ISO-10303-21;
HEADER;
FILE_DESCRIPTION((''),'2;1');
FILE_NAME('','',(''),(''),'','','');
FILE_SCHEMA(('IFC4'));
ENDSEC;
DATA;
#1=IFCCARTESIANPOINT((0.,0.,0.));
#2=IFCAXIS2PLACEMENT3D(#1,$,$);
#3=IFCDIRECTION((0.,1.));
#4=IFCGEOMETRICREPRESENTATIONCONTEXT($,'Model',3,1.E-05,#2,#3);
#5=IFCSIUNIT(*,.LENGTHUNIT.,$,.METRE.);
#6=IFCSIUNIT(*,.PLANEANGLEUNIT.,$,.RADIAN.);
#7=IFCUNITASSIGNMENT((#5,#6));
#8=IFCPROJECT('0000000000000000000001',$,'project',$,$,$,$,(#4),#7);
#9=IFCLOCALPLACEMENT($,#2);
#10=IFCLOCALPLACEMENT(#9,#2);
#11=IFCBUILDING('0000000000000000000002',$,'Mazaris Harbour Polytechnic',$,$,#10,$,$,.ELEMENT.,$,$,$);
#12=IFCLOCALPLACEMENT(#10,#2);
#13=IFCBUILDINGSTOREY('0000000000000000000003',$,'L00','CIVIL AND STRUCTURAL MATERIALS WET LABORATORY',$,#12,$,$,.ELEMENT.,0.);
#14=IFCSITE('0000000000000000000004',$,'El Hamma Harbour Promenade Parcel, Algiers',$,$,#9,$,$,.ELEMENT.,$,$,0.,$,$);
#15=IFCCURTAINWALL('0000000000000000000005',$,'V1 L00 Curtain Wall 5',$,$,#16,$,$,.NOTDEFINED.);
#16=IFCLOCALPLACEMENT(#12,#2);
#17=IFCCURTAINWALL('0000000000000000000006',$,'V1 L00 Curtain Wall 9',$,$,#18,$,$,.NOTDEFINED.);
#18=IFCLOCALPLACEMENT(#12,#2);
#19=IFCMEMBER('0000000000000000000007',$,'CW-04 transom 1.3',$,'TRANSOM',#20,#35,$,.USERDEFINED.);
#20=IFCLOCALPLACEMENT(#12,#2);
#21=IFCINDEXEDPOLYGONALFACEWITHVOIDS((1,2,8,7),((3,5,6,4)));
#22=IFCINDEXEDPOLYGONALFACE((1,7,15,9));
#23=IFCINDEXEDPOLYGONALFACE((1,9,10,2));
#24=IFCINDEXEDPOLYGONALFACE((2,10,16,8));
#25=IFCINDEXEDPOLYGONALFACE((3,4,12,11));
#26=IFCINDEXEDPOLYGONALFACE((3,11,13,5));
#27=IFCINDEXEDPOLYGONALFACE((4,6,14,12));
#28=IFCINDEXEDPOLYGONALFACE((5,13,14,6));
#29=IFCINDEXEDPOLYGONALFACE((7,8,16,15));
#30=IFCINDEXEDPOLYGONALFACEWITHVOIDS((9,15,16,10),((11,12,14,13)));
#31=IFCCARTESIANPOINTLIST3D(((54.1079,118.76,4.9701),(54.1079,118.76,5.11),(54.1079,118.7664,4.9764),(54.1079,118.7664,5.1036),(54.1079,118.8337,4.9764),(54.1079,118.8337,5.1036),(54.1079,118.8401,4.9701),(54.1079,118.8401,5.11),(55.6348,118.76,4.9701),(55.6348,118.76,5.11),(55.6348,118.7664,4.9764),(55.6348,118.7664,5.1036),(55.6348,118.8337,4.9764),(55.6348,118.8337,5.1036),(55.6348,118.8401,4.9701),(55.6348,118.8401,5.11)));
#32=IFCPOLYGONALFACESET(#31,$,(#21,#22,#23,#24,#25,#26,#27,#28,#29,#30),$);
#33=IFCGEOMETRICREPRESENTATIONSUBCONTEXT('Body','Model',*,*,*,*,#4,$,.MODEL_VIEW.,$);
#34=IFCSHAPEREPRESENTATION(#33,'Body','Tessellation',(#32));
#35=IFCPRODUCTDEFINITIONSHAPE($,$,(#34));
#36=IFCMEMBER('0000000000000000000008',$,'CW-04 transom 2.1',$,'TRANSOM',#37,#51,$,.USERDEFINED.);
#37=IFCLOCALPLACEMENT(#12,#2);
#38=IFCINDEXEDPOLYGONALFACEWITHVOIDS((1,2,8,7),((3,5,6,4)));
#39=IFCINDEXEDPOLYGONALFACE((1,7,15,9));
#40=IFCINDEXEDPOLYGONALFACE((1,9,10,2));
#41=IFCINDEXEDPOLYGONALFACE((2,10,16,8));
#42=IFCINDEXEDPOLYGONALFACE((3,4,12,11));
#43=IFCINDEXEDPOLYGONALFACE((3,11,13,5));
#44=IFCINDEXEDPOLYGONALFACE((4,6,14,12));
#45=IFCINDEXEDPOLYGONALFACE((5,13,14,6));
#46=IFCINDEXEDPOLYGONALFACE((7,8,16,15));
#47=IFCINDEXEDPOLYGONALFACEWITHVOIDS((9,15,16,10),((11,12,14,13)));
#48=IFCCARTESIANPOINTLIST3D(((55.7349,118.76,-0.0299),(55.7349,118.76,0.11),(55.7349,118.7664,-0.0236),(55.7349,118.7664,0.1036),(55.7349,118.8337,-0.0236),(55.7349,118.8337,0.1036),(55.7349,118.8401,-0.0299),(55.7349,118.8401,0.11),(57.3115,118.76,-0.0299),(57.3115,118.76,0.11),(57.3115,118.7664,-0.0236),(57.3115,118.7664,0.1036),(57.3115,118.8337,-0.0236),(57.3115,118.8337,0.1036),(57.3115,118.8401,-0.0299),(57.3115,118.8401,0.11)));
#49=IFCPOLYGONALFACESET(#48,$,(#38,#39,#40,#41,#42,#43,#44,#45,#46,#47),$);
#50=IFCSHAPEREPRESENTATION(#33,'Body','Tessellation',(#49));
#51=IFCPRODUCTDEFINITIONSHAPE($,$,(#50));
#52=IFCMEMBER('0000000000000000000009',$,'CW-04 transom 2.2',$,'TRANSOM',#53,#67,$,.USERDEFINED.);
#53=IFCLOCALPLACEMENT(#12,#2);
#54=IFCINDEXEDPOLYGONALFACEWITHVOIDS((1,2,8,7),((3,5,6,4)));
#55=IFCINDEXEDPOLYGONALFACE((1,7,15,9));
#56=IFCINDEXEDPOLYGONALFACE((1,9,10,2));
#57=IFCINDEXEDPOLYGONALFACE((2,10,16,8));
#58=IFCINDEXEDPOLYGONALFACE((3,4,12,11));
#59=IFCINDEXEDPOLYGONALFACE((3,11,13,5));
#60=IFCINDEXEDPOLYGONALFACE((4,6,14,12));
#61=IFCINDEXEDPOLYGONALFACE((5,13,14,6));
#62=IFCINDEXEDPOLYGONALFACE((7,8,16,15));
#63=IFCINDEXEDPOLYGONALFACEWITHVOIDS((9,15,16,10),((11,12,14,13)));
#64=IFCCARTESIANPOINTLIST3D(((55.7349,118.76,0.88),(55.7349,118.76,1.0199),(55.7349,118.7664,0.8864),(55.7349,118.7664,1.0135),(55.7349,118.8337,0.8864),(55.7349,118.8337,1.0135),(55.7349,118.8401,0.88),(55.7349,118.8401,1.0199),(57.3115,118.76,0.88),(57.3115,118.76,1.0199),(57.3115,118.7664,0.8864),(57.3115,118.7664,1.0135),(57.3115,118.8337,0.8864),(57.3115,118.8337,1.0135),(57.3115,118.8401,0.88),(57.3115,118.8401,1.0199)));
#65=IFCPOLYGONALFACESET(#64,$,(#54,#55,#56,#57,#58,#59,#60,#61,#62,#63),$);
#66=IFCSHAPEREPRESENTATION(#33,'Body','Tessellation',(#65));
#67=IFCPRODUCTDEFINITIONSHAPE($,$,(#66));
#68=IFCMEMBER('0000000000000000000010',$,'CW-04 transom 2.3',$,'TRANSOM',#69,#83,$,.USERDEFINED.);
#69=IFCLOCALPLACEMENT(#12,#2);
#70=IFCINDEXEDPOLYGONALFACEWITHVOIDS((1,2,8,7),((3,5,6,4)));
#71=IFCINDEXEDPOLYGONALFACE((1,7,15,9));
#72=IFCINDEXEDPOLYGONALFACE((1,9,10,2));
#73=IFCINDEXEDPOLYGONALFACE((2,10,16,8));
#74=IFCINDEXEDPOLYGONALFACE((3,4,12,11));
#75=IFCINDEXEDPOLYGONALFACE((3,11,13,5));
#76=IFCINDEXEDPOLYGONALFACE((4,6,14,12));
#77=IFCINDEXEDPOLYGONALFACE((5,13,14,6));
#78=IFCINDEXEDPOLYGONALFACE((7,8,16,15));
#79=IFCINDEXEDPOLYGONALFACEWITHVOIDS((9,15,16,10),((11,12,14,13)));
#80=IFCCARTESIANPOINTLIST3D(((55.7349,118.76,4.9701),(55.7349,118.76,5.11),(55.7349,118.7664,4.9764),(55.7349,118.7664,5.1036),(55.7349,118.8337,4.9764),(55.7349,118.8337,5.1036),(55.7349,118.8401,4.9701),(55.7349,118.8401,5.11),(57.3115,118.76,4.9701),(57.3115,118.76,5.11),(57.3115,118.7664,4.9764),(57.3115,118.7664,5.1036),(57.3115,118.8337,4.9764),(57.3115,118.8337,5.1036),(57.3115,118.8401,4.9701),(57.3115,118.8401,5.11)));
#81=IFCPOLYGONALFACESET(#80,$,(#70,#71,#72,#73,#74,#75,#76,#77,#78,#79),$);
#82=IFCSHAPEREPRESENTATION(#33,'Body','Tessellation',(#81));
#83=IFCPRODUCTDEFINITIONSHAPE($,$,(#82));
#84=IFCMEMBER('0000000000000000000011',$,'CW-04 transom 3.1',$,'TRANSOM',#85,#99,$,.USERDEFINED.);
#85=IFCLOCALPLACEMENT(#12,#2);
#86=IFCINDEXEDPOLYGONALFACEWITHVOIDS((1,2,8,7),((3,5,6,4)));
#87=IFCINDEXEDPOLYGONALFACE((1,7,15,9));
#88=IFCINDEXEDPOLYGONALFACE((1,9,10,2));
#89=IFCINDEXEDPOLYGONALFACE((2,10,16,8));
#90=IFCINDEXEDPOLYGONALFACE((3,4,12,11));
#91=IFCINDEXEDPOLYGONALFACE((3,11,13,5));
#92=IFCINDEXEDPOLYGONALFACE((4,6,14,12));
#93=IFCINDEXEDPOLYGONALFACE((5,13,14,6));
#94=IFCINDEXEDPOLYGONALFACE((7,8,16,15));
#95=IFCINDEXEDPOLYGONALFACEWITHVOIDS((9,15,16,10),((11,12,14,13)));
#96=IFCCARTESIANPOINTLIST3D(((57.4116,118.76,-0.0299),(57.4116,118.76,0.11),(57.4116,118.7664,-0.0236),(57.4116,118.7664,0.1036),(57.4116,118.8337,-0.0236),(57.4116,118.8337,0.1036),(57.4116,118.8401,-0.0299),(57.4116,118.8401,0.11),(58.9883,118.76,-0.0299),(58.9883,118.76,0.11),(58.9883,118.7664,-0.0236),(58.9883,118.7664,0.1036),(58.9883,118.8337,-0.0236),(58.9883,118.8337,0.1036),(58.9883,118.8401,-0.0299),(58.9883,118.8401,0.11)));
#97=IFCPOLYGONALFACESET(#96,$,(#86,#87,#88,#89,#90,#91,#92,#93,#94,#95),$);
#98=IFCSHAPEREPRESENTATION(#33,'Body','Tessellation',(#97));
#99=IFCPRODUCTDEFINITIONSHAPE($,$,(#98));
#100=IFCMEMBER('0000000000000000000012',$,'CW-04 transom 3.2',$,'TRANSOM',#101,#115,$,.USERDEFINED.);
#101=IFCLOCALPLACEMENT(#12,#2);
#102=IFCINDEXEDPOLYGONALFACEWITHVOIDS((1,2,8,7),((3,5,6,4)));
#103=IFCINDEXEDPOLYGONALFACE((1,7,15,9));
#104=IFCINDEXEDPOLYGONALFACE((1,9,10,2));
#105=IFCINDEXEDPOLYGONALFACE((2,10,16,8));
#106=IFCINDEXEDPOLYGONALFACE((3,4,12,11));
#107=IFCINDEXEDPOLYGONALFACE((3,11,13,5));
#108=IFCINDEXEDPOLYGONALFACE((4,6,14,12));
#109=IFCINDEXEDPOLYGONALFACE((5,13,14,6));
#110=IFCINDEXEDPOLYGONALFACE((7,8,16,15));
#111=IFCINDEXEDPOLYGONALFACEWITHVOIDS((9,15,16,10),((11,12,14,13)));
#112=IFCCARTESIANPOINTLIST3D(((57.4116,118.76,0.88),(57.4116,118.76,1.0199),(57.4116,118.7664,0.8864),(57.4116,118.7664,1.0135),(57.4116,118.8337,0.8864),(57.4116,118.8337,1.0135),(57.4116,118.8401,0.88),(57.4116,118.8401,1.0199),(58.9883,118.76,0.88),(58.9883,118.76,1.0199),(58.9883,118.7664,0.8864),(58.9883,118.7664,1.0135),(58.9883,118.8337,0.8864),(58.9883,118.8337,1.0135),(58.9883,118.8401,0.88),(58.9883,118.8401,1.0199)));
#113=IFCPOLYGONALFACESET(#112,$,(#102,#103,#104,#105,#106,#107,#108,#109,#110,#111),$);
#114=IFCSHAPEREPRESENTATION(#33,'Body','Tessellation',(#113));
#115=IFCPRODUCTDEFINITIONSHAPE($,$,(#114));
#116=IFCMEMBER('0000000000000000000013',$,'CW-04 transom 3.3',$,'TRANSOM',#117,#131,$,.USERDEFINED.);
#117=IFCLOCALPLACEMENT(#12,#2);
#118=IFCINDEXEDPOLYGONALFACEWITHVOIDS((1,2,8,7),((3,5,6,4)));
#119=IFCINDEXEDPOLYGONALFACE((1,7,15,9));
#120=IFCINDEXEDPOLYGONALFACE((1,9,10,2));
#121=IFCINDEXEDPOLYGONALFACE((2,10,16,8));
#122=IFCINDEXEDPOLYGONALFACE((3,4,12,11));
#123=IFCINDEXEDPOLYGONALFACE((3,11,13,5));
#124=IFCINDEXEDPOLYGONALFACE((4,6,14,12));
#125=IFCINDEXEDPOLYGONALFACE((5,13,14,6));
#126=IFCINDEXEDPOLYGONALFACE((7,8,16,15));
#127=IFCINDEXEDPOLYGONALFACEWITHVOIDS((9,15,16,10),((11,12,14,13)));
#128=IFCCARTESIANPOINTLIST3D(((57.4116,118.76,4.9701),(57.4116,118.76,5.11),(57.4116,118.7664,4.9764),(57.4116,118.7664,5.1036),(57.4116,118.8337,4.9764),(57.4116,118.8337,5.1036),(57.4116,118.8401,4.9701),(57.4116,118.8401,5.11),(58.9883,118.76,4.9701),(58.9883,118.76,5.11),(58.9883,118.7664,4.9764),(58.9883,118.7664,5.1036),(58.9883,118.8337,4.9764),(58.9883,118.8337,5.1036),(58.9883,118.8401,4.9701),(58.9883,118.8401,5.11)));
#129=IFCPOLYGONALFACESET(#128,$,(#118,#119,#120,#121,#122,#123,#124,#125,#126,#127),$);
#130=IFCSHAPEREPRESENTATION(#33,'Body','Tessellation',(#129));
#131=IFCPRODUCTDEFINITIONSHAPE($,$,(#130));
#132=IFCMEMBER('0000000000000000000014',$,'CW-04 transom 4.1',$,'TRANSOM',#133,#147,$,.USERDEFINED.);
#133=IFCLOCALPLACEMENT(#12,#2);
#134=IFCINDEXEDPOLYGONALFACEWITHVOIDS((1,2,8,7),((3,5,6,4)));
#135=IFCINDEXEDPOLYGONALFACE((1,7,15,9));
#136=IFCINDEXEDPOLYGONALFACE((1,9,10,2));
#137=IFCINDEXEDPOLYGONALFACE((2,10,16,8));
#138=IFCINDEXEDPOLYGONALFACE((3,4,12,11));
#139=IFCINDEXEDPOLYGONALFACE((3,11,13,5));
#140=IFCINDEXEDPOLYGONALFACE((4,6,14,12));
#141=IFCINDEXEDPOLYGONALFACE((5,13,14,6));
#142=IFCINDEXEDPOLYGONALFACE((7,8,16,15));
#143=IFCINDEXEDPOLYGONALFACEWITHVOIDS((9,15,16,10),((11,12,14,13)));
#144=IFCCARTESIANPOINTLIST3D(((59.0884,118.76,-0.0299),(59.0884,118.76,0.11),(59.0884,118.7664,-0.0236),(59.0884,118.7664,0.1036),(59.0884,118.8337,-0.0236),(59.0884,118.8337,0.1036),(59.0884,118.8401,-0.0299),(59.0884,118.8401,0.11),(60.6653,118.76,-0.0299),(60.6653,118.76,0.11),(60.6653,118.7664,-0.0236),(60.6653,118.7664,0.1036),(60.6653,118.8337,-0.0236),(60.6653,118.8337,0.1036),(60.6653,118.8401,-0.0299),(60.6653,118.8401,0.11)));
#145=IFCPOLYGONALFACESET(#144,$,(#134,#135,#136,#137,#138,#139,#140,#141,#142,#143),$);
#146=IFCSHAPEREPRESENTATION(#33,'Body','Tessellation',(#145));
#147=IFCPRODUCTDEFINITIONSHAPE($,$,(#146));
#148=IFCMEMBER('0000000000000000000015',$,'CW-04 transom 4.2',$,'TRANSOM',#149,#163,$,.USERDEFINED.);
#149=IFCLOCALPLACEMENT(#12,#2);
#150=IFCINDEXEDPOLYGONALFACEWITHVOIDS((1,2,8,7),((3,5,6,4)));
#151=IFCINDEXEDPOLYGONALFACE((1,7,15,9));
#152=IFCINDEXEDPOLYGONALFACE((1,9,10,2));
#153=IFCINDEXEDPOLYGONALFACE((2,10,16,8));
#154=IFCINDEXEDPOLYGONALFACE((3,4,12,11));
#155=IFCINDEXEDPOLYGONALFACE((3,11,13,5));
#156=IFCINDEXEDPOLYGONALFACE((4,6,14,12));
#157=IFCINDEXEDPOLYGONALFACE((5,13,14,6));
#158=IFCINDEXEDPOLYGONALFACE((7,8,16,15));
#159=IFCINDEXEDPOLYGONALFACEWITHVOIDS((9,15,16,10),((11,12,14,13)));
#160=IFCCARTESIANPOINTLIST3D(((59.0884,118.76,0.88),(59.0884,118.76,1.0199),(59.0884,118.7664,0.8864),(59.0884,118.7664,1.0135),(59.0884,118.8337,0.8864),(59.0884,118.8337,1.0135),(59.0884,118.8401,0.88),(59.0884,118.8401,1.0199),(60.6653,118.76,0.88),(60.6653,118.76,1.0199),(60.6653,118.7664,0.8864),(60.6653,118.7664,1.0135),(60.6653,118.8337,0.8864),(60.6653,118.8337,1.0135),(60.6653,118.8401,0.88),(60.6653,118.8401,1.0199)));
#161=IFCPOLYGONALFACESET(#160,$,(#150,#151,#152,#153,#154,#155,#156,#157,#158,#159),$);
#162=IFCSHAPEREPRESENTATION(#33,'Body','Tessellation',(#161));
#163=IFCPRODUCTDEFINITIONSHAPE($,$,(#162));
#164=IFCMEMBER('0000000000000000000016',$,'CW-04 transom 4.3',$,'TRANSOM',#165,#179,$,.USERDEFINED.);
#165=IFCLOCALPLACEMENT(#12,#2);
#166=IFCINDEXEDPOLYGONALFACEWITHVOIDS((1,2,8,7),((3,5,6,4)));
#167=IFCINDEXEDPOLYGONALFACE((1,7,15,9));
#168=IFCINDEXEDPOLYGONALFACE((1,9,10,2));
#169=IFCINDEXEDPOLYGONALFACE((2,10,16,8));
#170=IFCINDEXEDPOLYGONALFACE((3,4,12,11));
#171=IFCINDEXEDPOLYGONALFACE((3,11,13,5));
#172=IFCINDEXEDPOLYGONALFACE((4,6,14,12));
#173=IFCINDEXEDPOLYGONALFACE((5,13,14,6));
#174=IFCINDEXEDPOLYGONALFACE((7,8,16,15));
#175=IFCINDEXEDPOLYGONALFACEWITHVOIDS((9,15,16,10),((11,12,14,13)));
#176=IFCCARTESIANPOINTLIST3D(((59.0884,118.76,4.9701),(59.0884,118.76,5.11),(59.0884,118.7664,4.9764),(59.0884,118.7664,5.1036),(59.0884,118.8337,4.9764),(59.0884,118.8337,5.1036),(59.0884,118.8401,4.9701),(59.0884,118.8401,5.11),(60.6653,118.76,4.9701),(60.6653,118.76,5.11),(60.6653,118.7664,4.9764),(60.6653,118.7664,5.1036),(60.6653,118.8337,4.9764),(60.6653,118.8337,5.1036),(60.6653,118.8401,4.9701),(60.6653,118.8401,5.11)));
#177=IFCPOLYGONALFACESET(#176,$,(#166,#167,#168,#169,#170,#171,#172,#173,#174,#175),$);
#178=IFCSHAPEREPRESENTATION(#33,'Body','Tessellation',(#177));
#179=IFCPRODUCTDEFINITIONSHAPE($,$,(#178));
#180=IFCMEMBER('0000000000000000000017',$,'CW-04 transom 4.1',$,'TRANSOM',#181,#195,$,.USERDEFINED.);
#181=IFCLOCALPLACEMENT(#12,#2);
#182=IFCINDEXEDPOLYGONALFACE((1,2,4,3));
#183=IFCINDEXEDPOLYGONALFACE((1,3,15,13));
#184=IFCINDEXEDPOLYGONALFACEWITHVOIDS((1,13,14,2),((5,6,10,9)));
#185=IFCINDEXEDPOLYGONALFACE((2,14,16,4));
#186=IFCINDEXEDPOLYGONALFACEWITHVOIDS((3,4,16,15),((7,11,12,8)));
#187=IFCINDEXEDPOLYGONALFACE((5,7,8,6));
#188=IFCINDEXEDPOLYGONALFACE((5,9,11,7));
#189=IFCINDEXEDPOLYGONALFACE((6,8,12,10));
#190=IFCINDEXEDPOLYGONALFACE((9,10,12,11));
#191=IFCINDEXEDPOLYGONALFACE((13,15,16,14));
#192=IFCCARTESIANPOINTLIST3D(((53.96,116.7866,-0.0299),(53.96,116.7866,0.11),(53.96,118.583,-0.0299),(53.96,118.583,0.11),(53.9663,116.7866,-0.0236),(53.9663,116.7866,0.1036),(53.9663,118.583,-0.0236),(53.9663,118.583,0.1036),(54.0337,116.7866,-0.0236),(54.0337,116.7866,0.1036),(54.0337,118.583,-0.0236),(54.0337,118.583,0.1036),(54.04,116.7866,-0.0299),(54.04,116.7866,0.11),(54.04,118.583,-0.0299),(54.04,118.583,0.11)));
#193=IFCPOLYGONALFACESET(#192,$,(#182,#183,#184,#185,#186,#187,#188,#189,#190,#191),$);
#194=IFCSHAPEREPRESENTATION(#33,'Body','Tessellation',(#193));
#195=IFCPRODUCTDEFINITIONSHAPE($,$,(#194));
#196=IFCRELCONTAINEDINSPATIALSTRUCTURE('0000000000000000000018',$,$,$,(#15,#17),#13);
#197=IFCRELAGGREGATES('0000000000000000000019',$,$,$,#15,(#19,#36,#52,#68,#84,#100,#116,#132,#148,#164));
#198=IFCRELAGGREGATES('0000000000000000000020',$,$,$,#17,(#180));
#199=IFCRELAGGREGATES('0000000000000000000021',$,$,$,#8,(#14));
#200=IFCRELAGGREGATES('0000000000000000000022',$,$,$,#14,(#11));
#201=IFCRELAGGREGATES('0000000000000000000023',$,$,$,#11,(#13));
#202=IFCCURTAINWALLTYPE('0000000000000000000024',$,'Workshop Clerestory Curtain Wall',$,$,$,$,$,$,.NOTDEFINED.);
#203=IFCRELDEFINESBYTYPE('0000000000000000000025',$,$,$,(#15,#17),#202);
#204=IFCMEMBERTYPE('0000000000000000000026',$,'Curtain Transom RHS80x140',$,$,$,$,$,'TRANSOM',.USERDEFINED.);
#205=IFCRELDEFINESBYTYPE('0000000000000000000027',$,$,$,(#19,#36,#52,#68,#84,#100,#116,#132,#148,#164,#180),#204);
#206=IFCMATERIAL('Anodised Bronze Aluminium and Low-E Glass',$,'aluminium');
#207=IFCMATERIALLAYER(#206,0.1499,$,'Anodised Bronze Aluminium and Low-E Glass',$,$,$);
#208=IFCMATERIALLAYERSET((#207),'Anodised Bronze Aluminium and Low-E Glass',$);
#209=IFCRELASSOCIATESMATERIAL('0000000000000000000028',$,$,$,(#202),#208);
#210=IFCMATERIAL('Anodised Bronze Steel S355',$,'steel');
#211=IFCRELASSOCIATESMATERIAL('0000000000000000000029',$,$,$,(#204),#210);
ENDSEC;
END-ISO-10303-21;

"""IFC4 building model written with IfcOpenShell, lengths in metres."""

from ifc_helpers import new_model, si_unit, direction, frame, origin, origin_2d, place, context, subcontext, project, spatial, hollow_rectangle, extrude, material, layer, layer_set, material_profile, profile_set, type_object, element, aggregate, save


model = new_model("IFC4")

# Units and contexts
model_context = context("Model", 3, precision=1e-05, world=origin(), true_north=direction((0.0, 1.0)))
body_context = subcontext(model_context, "Body", "Model", "MODEL_VIEW")
ifc_project = project(units=[si_unit("LENGTHUNIT", "METRE"), si_unit("PLANEANGLEUNIT", "RADIAN")], contexts=[model_context])

# Site, building, storey
site_placement = place(None, origin())
site = spatial("IfcSite", under=ifc_project, at=site_placement, Name="El Hamma Harbour Promenade Parcel, Algiers", CompositionType="ELEMENT", RefElevation=0.0)
building_placement = place(site_placement, origin())
building = spatial("IfcBuilding", under=site, at=building_placement, Name="Mazaris Harbour Polytechnic", CompositionType="ELEMENT")
storey_placement = place(building_placement, origin())
storey = spatial("IfcBuildingStorey", under=building, at=storey_placement, Name="L00", Description="CIVIL AND STRUCTURAL MATERIALS WET LABORATORY", CompositionType="ELEMENT", Elevation=0.0)

# Curtain walls
ifc_material_1 = material(Name="Anodised Bronze Aluminium and Low-E Glass", Category="aluminium")
ifc_layer_1 = layer(ifc_material_1, 0.1499, Name="Anodised Bronze Aluminium and Low-E Glass")
ifc_layer_set_1 = layer_set([ifc_layer_1], Name="Anodised Bronze Aluminium and Low-E Glass")
curtain_wall_type = type_object("IfcCurtainWallType", Name="Workshop Clerestory Curtain Wall", PredefinedType="NOTDEFINED", material=ifc_layer_set_1)
curtain_wall_1_placement = place(storey_placement, origin())
curtain_wall_1 = element("IfcCurtainWall", 1, at=curtain_wall_1_placement, inside=storey, type_object=curtain_wall_type, Name="V1 L00 Curtain Wall 5", PredefinedType="NOTDEFINED")
curtain_wall_2_placement = place(storey_placement, origin())
curtain_wall_2 = element("IfcCurtainWall", 2, at=curtain_wall_2_placement, inside=storey, type_object=curtain_wall_type, Name="V1 L00 Curtain Wall 9", PredefinedType="NOTDEFINED")

# Members
ifc_material_2 = material(Name="Anodised Bronze Steel S355", Category="steel")
ifc_material_profile_1 = material_profile(ifc_material_2, hollow_rectangle(XDim=0.0801, YDim=0.1399, WallThickness=0.0063, at=origin_2d()), Name="RHS 80x140x6.3")
ifc_profile_set_1 = profile_set([ifc_material_profile_1], Name="Anodised Bronze Steel S355")
member_type_1 = type_object("IfcMemberType", Name="Curtain Transom RHS80x140", ElementType="TRANSOM", PredefinedType="USERDEFINED", material=ifc_profile_set_1)
member_1_placement = place(storey_placement, frame((54.1079, 118.8, 5.04), z_axis=(1.0, 0.0, 0.0), x_axis=(0.0, 1.0, 0.0)))
member_1 = element("IfcMember", 3, at=member_1_placement, type_object=member_type_1, Name="CW-04 transom 1.3", ObjectType="TRANSOM", PredefinedType="USERDEFINED", context=body_context, shape_type="SweptSolid", body=[
    extrude(hollow_rectangle(XDim=0.0801, YDim=0.1399, WallThickness=0.0063, at=origin_2d()), origin(), (0.0, 0.0, 1.0), 1.5269),
])
member_2_placement = place(storey_placement, frame((55.7349, 118.8, 0.04), z_axis=(1.0, 0.0, 0.0), x_axis=(0.0, 1.0, 0.0)))
member_2 = element("IfcMember", 4, at=member_2_placement, type_object=member_type_1, Name="CW-04 transom 2.1", ObjectType="TRANSOM", PredefinedType="USERDEFINED", context=body_context, shape_type="SweptSolid", body=[
    extrude(hollow_rectangle(XDim=0.0801, YDim=0.1399, WallThickness=0.0063, at=origin_2d()), origin(), (0.0, 0.0, 1.0), 1.5767),
])
member_3_placement = place(storey_placement, frame((55.7349, 118.8, 0.95), z_axis=(1.0, 0.0, 0.0), x_axis=(0.0, 1.0, 0.0)))
member_3 = element("IfcMember", 5, at=member_3_placement, type_object=member_type_1, Name="CW-04 transom 2.2", ObjectType="TRANSOM", PredefinedType="USERDEFINED", context=body_context, shape_type="SweptSolid", body=[
    extrude(hollow_rectangle(XDim=0.0801, YDim=0.1399, WallThickness=0.0063, at=origin_2d()), origin(), (0.0, 0.0, 1.0), 1.5767),
])
member_4_placement = place(storey_placement, frame((55.7349, 118.8, 5.04), z_axis=(1.0, 0.0, 0.0), x_axis=(0.0, 1.0, 0.0)))
member_4 = element("IfcMember", 6, at=member_4_placement, type_object=member_type_1, Name="CW-04 transom 2.3", ObjectType="TRANSOM", PredefinedType="USERDEFINED", context=body_context, shape_type="SweptSolid", body=[
    extrude(hollow_rectangle(XDim=0.0801, YDim=0.1399, WallThickness=0.0063, at=origin_2d()), origin(), (0.0, 0.0, 1.0), 1.5767),
])
member_5_placement = place(storey_placement, frame((57.4116, 118.8, 0.04), z_axis=(1.0, 0.0, 0.0), x_axis=(0.0, 1.0, 0.0)))
member_5 = element("IfcMember", 7, at=member_5_placement, type_object=member_type_1, Name="CW-04 transom 3.1", ObjectType="TRANSOM", PredefinedType="USERDEFINED", context=body_context, shape_type="SweptSolid", body=[
    extrude(hollow_rectangle(XDim=0.0801, YDim=0.1399, WallThickness=0.0063, at=origin_2d()), origin(), (0.0, 0.0, 1.0), 1.5767),
])
member_6_placement = place(storey_placement, frame((57.4116, 118.8, 0.95), z_axis=(1.0, 0.0, 0.0), x_axis=(0.0, 1.0, 0.0)))
member_6 = element("IfcMember", 8, at=member_6_placement, type_object=member_type_1, Name="CW-04 transom 3.2", ObjectType="TRANSOM", PredefinedType="USERDEFINED", context=body_context, shape_type="SweptSolid", body=[
    extrude(hollow_rectangle(XDim=0.0801, YDim=0.1399, WallThickness=0.0063, at=origin_2d()), origin(), (0.0, 0.0, 1.0), 1.5767),
])
member_7_placement = place(storey_placement, frame((57.4116, 118.8, 5.04), z_axis=(1.0, 0.0, 0.0), x_axis=(0.0, 1.0, 0.0)))
member_7 = element("IfcMember", 9, at=member_7_placement, type_object=member_type_1, Name="CW-04 transom 3.3", ObjectType="TRANSOM", PredefinedType="USERDEFINED", context=body_context, shape_type="SweptSolid", body=[
    extrude(hollow_rectangle(XDim=0.0801, YDim=0.1399, WallThickness=0.0063, at=origin_2d()), origin(), (0.0, 0.0, 1.0), 1.5767),
])
member_8_placement = place(storey_placement, frame((59.0884, 118.8, 0.04), z_axis=(1.0, 0.0, 0.0), x_axis=(0.0, 1.0, 0.0)))
member_8 = element("IfcMember", 10, at=member_8_placement, type_object=member_type_1, Name="CW-04 transom 4.1", ObjectType="TRANSOM", PredefinedType="USERDEFINED", context=body_context, shape_type="SweptSolid", body=[
    extrude(hollow_rectangle(XDim=0.0801, YDim=0.1399, WallThickness=0.0063, at=origin_2d()), origin(), (0.0, 0.0, 1.0), 1.5769),
])
member_9_placement = place(storey_placement, frame((59.0884, 118.8, 0.95), z_axis=(1.0, 0.0, 0.0), x_axis=(0.0, 1.0, 0.0)))
member_9 = element("IfcMember", 11, at=member_9_placement, type_object=member_type_1, Name="CW-04 transom 4.2", ObjectType="TRANSOM", PredefinedType="USERDEFINED", context=body_context, shape_type="SweptSolid", body=[
    extrude(hollow_rectangle(XDim=0.0801, YDim=0.1399, WallThickness=0.0063, at=origin_2d()), origin(), (0.0, 0.0, 1.0), 1.5769),
])
member_10_placement = place(storey_placement, frame((59.0884, 118.8, 5.04), z_axis=(1.0, 0.0, 0.0), x_axis=(0.0, 1.0, 0.0)))
member_10 = element("IfcMember", 12, at=member_10_placement, type_object=member_type_1, Name="CW-04 transom 4.3", ObjectType="TRANSOM", PredefinedType="USERDEFINED", context=body_context, shape_type="SweptSolid", body=[
    extrude(hollow_rectangle(XDim=0.0801, YDim=0.1399, WallThickness=0.0063, at=origin_2d()), origin(), (0.0, 0.0, 1.0), 1.5769),
])
member_11_placement = place(storey_placement, frame((54.0, 116.7866, 0.04), z_axis=(0.0, 1.0, 0.0), x_axis=(-1.0, 0.0, 0.0)))
member_11 = element("IfcMember", 13, at=member_11_placement, type_object=member_type_1, Name="CW-04 transom 4.1", ObjectType="TRANSOM", PredefinedType="USERDEFINED", context=body_context, shape_type="SweptSolid", body=[
    extrude(hollow_rectangle(XDim=0.0801, YDim=0.1399, WallThickness=0.0063, at=origin_2d()), origin(), (0.0, 0.0, 1.0), 1.7964),
])

aggregate(curtain_wall_1, [member_1, member_2, member_3, member_4, member_5, member_6, member_7, member_8, member_9, member_10])
aggregate(curtain_wall_2, [member_11])

save(model, "model.ifc")
